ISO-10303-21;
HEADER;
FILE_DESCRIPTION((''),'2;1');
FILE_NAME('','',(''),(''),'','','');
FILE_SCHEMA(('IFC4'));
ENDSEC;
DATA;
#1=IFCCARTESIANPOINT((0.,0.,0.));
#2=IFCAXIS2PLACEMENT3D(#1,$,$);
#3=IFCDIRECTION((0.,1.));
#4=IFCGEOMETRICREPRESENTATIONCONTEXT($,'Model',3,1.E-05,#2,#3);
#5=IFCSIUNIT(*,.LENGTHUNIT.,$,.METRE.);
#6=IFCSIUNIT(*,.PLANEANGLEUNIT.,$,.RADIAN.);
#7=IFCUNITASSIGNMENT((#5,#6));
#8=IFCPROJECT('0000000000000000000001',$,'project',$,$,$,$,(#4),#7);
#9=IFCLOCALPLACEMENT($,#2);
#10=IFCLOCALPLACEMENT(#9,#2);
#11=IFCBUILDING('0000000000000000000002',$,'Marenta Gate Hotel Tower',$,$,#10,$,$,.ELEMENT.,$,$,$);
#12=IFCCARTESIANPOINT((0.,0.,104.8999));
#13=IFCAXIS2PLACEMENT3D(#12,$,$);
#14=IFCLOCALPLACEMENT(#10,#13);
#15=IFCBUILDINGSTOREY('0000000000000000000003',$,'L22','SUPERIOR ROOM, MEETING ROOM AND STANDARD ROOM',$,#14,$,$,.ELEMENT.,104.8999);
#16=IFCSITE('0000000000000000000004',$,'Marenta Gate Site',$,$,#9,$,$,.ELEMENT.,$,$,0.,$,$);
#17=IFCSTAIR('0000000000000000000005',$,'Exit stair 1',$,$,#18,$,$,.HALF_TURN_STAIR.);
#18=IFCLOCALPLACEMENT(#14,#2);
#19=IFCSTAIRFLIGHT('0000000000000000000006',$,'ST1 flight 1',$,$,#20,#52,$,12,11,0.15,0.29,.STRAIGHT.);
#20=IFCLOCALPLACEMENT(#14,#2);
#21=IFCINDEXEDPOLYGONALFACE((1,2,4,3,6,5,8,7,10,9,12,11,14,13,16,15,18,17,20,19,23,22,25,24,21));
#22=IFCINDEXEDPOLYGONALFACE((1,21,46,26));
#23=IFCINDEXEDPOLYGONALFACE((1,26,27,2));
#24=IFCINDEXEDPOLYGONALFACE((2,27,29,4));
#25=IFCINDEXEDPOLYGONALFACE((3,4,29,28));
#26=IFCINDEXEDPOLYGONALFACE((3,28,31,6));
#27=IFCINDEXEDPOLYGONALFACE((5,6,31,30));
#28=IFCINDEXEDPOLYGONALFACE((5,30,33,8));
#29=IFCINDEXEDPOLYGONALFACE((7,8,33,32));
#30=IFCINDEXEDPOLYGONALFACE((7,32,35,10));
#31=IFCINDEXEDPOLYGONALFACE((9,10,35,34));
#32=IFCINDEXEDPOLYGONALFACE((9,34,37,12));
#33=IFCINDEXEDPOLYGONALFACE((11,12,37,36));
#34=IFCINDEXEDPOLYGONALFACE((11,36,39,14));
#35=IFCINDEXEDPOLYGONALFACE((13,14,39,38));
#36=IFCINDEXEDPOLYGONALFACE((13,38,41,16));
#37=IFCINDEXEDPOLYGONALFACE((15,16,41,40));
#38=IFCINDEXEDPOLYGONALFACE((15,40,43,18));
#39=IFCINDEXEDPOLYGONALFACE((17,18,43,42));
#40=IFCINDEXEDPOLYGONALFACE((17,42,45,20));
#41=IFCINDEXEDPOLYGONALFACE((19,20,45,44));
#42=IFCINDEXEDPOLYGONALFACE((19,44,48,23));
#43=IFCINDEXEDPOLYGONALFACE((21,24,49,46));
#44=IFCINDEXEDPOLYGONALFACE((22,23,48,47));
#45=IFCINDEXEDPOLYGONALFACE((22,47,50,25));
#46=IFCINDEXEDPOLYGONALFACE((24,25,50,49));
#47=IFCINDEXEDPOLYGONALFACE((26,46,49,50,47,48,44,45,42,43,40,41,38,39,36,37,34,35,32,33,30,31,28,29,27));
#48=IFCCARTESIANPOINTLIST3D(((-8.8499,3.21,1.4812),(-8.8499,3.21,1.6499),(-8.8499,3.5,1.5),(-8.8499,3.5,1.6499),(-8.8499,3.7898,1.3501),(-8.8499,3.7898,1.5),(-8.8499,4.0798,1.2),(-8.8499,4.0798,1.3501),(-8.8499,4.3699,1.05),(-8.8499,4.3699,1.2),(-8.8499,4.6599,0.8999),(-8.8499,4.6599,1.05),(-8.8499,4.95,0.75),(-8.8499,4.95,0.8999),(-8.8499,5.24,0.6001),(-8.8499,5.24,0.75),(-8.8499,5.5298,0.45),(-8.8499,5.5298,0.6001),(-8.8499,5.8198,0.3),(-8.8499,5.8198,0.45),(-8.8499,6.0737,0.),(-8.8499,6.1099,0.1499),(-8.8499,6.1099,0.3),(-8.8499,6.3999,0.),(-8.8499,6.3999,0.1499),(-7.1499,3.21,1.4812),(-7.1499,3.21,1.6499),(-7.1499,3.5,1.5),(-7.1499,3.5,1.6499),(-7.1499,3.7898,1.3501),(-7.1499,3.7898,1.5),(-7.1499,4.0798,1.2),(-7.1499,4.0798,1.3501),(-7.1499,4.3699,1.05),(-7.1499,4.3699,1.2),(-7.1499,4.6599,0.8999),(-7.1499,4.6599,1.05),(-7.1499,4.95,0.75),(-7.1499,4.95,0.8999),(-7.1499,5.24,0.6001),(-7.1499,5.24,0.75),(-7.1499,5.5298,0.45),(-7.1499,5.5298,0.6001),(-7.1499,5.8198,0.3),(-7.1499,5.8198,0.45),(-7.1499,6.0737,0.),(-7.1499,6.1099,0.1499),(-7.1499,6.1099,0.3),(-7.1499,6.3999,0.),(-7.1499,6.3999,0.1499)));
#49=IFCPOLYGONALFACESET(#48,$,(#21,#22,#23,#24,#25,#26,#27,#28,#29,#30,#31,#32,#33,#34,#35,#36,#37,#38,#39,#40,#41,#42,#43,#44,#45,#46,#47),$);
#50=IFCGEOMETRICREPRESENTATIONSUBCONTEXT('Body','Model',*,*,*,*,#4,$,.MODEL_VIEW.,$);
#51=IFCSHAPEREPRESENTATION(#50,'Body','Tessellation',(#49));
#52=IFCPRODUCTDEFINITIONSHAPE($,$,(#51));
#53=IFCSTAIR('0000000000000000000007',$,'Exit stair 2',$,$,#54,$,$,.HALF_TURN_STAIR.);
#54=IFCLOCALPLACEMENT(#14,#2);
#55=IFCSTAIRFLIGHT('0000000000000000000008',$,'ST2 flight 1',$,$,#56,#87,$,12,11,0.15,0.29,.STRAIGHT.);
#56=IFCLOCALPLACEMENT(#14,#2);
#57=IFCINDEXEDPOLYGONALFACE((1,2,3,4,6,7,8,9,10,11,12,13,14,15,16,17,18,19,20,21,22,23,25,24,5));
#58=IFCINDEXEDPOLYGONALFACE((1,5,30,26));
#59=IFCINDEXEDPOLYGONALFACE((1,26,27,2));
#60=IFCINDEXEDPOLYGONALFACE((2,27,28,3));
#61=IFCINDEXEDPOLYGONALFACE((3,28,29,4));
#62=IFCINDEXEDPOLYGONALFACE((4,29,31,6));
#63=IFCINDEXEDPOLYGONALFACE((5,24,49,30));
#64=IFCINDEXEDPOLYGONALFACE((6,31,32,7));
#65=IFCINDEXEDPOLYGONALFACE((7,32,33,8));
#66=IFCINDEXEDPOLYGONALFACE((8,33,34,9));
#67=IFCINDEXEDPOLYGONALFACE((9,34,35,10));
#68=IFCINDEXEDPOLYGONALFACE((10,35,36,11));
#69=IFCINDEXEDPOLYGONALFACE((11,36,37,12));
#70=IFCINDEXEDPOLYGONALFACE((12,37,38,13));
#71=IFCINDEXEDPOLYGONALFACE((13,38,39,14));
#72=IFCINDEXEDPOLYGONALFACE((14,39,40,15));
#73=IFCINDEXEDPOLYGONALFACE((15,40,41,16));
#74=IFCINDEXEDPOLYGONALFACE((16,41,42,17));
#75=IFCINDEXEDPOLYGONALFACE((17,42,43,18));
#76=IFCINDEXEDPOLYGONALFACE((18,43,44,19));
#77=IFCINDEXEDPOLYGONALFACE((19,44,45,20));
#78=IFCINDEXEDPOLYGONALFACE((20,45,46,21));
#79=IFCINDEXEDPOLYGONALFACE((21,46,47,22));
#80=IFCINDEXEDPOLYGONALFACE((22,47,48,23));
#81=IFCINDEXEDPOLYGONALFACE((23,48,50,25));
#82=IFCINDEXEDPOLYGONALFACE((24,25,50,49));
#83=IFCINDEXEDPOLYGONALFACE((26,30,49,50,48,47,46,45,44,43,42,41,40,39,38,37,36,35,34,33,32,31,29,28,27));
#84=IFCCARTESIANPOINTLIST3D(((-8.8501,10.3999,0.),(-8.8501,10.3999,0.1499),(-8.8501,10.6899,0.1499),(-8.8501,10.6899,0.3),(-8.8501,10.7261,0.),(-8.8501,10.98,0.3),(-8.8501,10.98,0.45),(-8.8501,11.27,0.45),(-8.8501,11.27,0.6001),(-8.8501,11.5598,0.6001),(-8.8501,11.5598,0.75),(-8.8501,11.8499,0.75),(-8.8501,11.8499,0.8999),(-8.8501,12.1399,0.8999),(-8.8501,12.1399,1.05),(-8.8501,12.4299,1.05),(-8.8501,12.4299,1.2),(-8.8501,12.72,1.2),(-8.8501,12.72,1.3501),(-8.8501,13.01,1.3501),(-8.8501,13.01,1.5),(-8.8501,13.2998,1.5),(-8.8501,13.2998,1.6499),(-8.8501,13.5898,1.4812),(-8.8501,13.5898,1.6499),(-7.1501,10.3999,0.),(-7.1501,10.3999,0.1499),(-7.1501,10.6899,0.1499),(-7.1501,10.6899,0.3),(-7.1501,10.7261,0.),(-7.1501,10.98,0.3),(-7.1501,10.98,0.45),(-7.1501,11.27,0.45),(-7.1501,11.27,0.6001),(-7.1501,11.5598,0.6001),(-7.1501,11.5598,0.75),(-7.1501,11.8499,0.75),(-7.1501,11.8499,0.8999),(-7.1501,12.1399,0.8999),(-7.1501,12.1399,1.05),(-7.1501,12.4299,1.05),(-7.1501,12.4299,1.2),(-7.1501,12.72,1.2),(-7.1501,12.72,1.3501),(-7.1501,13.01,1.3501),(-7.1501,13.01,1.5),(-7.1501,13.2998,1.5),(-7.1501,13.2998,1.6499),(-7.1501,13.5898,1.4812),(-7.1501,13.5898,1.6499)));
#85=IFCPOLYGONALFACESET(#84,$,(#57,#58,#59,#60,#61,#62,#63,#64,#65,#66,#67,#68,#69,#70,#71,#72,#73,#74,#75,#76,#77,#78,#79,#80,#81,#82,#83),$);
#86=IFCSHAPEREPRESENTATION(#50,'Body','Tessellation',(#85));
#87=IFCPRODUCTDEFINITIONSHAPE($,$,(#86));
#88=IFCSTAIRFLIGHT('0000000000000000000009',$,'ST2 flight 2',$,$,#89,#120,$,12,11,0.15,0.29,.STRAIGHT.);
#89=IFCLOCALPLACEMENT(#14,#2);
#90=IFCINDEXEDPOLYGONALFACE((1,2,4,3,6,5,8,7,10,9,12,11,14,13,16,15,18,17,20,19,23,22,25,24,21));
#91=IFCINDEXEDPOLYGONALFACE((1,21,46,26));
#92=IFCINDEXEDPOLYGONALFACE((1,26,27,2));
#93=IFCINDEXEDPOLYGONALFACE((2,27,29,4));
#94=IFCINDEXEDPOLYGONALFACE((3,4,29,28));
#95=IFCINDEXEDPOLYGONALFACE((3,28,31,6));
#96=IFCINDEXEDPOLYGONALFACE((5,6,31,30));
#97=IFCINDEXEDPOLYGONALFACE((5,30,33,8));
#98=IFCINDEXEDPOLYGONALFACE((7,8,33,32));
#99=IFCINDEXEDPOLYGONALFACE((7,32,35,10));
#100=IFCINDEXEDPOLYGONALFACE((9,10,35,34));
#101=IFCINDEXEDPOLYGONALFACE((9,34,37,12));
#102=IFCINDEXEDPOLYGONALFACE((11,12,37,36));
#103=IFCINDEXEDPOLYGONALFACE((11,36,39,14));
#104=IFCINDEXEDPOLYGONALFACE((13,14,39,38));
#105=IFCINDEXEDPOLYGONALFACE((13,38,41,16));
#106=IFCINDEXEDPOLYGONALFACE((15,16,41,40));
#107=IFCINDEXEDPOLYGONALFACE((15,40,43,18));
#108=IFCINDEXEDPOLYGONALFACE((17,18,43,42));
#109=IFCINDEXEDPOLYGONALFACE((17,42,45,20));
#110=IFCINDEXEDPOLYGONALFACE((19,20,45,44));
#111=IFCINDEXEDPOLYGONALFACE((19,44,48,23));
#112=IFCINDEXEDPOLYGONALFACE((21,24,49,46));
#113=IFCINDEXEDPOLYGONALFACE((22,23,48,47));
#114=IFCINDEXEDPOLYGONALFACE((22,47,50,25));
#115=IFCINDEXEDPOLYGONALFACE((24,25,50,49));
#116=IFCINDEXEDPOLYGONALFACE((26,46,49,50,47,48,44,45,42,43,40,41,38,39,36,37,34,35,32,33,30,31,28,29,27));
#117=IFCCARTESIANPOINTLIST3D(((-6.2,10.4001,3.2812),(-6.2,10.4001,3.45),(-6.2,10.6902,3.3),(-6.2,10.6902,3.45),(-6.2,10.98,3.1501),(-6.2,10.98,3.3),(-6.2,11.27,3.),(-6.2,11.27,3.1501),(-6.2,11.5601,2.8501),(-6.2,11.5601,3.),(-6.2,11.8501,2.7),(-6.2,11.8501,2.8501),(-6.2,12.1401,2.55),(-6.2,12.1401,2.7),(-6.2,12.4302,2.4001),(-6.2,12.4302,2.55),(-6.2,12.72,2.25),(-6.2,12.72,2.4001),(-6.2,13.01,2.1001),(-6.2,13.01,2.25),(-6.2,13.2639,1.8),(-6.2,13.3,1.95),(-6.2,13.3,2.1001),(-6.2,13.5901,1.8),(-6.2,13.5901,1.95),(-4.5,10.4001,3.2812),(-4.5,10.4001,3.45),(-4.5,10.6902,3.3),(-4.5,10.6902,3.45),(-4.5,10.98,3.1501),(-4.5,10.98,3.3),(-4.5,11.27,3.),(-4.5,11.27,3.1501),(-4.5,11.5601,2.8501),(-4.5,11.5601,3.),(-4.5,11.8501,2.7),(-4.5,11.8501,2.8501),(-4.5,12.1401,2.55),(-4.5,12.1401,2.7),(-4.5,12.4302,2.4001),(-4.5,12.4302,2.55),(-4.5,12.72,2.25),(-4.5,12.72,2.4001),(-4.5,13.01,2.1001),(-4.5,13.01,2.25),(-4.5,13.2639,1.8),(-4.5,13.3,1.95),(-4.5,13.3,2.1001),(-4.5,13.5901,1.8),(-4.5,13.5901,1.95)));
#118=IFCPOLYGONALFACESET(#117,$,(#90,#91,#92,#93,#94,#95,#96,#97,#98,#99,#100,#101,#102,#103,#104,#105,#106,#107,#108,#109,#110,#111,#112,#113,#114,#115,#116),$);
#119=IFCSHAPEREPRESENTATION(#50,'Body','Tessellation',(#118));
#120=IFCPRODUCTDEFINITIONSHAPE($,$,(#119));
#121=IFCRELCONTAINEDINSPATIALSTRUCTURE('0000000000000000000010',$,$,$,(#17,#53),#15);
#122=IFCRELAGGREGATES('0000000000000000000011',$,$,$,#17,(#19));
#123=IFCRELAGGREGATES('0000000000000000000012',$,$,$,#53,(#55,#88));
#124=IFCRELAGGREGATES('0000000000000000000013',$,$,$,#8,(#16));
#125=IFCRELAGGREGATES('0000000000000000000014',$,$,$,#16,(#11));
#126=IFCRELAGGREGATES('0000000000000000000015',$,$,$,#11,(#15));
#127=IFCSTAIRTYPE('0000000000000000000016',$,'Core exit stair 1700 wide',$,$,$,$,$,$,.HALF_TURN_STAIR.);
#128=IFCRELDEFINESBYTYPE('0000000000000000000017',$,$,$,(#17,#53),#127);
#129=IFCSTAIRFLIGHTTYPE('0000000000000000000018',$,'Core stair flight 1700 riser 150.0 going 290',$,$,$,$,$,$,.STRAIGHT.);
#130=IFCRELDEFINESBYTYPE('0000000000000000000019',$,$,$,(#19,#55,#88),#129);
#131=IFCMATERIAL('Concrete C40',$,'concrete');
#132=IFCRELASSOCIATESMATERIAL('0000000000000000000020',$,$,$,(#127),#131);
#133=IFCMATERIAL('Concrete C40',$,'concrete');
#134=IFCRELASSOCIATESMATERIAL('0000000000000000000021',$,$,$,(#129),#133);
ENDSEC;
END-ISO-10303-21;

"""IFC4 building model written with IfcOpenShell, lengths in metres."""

from ifc_helpers import new_model, si_unit, direction, frame, origin, place, context, subcontext, project, spatial, polyline, outline, extrude, material, type_object, element, aggregate, save


model = new_model("IFC4")

# Units and contexts
model_context = context("Model", 3, precision=1e-05, world=origin(), true_north=direction((0.0, 1.0)))
body_context = subcontext(model_context, "Body", "Model", "MODEL_VIEW")
ifc_project = project(units=[si_unit("LENGTHUNIT", "METRE"), si_unit("PLANEANGLEUNIT", "RADIAN")], contexts=[model_context])

# Site, building, storey
site_placement = place(None, origin())
site = spatial("IfcSite", under=ifc_project, at=site_placement, Name="Marenta Gate Site", CompositionType="ELEMENT", RefElevation=0.0)
building_placement = place(site_placement, origin())
building = spatial("IfcBuilding", under=site, at=building_placement, Name="Marenta Gate Hotel Tower", CompositionType="ELEMENT")
storey_placement = place(building_placement, frame((0.0, 0.0, 104.8999)))
storey = spatial("IfcBuildingStorey", under=building, at=storey_placement, Name="L22", Description="SUPERIOR ROOM, MEETING ROOM AND STANDARD ROOM", CompositionType="ELEMENT", Elevation=104.8999)

# Stair, stair flight
ifc_material_1 = material(Name="Concrete C40", Category="concrete")
stair_type = type_object("IfcStairType", Name="Core exit stair 1700 wide", PredefinedType="HALF_TURN_STAIR", material=ifc_material_1)
stair_1_placement = place(storey_placement, origin())
stair_1 = element("IfcStair", 1, at=stair_1_placement, inside=storey, type_object=stair_type, Name="Exit stair 1", PredefinedType="HALF_TURN_STAIR")
ifc_material_2 = material(Name="Concrete C40", Category="concrete")
stair_flight_type = type_object("IfcStairFlightType", Name="Core stair flight 1700 riser 150.0 going 290", PredefinedType="STRAIGHT", material=ifc_material_2)
stair_flight_1_placement = place(storey_placement, frame((-8.0, 6.3999, 0.0), z_axis=(0.0, 0.0, 1.0), x_axis=(0.0, -1.0, 0.0)))
stair_flight_1 = element("IfcStairFlight", 2, at=stair_flight_1_placement, type_object=stair_flight_type, Name="ST1 flight 1", NumberOfRisers=12, NumberOfTreads=11, PredefinedType="STRAIGHT", RiserHeight=0.15, TreadLength=0.29, context=body_context, shape_type="SweptSolid", body=[
    extrude(outline(polyline([(0.0, 0.0), (0.0, 0.1499), (0.29, 0.1499), (0.29, 0.3), (0.5801, 0.3), (0.5801, 0.45), (0.8701, 0.45), (0.8701, 0.6001), (1.1599, 0.6001), (1.1599, 0.75), (1.45, 0.75), (1.45, 0.8999), (1.74, 0.8999), (1.74, 1.05), (2.03, 1.05), (2.03, 1.2), (2.3201, 1.2), (2.3201, 1.3501), (2.6101, 1.3501), (2.6101, 1.5), (2.8999, 1.5), (2.8999, 1.6499), (3.1899, 1.6499), (3.1899, 1.8), (3.1899, 1.4812), (0.3262, 0.0), (0.0, 0.0)])), frame((0.0, 0.8501, 0.0), z_axis=(0.0, -1.0, 0.0), x_axis=(1.0, 0.0, 0.0)), (0.0, 0.0, 1.0), 1.7),
])
aggregate(stair_1, [stair_flight_1])

# Stair, stair flights
stair_2_placement = place(storey_placement, origin())
stair_2 = element("IfcStair", 3, at=stair_2_placement, inside=storey, type_object=stair_type, Name="Exit stair 2", PredefinedType="HALF_TURN_STAIR")
stair_flight_2_placement = place(storey_placement, frame((-8.0, 10.3999, 0.0), z_axis=(0.0, 0.0, 1.0), x_axis=(0.0, 1.0, 0.0)))
stair_flight_2 = element("IfcStairFlight", 4, at=stair_flight_2_placement, type_object=stair_flight_type, Name="ST2 flight 1", NumberOfRisers=12, NumberOfTreads=11, PredefinedType="STRAIGHT", RiserHeight=0.15, TreadLength=0.29, context=body_context, shape_type="SweptSolid", body=[
    extrude(outline(polyline([(0.0, 0.0), (0.0, 0.1499), (0.29, 0.1499), (0.29, 0.3), (0.5801, 0.3), (0.5801, 0.45), (0.8701, 0.45), (0.8701, 0.6001), (1.1599, 0.6001), (1.1599, 0.75), (1.45, 0.75), (1.45, 0.8999), (1.74, 0.8999), (1.74, 1.05), (2.03, 1.05), (2.03, 1.2), (2.3201, 1.2), (2.3201, 1.3501), (2.6101, 1.3501), (2.6101, 1.5), (2.8999, 1.5), (2.8999, 1.6499), (3.1899, 1.6499), (3.1899, 1.8), (3.1899, 1.4812), (0.3262, 0.0), (0.0, 0.0)])), frame((0.0, 0.8501, 0.0), z_axis=(0.0, -1.0, 0.0), x_axis=(1.0, 0.0, 0.0)), (0.0, 0.0, 1.0), 1.7),
])
stair_flight_3_placement = place(storey_placement, frame((-5.3501, 13.5901, 1.8), z_axis=(0.0, 0.0, 1.0), x_axis=(0.0, -1.0, 0.0)))
stair_flight_3 = element("IfcStairFlight", 5, at=stair_flight_3_placement, type_object=stair_flight_type, Name="ST2 flight 2", NumberOfRisers=12, NumberOfTreads=11, PredefinedType="STRAIGHT", RiserHeight=0.15, TreadLength=0.29, context=body_context, shape_type="SweptSolid", body=[
    extrude(outline(polyline([(0.0, 0.0), (0.0, 0.1499), (0.29, 0.1499), (0.29, 0.3), (0.5801, 0.3), (0.5801, 0.45), (0.8701, 0.45), (0.8701, 0.6001), (1.1599, 0.6001), (1.1599, 0.75), (1.45, 0.75), (1.45, 0.8999), (1.74, 0.8999), (1.74, 1.05), (2.03, 1.05), (2.03, 1.2), (2.3201, 1.2), (2.3201, 1.3501), (2.6101, 1.3501), (2.6101, 1.5), (2.8999, 1.5), (2.8999, 1.6499), (3.1899, 1.6499), (3.1899, 1.8), (3.1899, 1.4812), (0.3262, 0.0), (0.0, 0.0)])), frame((0.0, 0.8501, 0.0), z_axis=(0.0, -1.0, 0.0), x_axis=(1.0, 0.0, 0.0)), (0.0, 0.0, 1.0), 1.7),
])
aggregate(stair_2, [stair_flight_2, stair_flight_3])

save(model, "model.ifc")
